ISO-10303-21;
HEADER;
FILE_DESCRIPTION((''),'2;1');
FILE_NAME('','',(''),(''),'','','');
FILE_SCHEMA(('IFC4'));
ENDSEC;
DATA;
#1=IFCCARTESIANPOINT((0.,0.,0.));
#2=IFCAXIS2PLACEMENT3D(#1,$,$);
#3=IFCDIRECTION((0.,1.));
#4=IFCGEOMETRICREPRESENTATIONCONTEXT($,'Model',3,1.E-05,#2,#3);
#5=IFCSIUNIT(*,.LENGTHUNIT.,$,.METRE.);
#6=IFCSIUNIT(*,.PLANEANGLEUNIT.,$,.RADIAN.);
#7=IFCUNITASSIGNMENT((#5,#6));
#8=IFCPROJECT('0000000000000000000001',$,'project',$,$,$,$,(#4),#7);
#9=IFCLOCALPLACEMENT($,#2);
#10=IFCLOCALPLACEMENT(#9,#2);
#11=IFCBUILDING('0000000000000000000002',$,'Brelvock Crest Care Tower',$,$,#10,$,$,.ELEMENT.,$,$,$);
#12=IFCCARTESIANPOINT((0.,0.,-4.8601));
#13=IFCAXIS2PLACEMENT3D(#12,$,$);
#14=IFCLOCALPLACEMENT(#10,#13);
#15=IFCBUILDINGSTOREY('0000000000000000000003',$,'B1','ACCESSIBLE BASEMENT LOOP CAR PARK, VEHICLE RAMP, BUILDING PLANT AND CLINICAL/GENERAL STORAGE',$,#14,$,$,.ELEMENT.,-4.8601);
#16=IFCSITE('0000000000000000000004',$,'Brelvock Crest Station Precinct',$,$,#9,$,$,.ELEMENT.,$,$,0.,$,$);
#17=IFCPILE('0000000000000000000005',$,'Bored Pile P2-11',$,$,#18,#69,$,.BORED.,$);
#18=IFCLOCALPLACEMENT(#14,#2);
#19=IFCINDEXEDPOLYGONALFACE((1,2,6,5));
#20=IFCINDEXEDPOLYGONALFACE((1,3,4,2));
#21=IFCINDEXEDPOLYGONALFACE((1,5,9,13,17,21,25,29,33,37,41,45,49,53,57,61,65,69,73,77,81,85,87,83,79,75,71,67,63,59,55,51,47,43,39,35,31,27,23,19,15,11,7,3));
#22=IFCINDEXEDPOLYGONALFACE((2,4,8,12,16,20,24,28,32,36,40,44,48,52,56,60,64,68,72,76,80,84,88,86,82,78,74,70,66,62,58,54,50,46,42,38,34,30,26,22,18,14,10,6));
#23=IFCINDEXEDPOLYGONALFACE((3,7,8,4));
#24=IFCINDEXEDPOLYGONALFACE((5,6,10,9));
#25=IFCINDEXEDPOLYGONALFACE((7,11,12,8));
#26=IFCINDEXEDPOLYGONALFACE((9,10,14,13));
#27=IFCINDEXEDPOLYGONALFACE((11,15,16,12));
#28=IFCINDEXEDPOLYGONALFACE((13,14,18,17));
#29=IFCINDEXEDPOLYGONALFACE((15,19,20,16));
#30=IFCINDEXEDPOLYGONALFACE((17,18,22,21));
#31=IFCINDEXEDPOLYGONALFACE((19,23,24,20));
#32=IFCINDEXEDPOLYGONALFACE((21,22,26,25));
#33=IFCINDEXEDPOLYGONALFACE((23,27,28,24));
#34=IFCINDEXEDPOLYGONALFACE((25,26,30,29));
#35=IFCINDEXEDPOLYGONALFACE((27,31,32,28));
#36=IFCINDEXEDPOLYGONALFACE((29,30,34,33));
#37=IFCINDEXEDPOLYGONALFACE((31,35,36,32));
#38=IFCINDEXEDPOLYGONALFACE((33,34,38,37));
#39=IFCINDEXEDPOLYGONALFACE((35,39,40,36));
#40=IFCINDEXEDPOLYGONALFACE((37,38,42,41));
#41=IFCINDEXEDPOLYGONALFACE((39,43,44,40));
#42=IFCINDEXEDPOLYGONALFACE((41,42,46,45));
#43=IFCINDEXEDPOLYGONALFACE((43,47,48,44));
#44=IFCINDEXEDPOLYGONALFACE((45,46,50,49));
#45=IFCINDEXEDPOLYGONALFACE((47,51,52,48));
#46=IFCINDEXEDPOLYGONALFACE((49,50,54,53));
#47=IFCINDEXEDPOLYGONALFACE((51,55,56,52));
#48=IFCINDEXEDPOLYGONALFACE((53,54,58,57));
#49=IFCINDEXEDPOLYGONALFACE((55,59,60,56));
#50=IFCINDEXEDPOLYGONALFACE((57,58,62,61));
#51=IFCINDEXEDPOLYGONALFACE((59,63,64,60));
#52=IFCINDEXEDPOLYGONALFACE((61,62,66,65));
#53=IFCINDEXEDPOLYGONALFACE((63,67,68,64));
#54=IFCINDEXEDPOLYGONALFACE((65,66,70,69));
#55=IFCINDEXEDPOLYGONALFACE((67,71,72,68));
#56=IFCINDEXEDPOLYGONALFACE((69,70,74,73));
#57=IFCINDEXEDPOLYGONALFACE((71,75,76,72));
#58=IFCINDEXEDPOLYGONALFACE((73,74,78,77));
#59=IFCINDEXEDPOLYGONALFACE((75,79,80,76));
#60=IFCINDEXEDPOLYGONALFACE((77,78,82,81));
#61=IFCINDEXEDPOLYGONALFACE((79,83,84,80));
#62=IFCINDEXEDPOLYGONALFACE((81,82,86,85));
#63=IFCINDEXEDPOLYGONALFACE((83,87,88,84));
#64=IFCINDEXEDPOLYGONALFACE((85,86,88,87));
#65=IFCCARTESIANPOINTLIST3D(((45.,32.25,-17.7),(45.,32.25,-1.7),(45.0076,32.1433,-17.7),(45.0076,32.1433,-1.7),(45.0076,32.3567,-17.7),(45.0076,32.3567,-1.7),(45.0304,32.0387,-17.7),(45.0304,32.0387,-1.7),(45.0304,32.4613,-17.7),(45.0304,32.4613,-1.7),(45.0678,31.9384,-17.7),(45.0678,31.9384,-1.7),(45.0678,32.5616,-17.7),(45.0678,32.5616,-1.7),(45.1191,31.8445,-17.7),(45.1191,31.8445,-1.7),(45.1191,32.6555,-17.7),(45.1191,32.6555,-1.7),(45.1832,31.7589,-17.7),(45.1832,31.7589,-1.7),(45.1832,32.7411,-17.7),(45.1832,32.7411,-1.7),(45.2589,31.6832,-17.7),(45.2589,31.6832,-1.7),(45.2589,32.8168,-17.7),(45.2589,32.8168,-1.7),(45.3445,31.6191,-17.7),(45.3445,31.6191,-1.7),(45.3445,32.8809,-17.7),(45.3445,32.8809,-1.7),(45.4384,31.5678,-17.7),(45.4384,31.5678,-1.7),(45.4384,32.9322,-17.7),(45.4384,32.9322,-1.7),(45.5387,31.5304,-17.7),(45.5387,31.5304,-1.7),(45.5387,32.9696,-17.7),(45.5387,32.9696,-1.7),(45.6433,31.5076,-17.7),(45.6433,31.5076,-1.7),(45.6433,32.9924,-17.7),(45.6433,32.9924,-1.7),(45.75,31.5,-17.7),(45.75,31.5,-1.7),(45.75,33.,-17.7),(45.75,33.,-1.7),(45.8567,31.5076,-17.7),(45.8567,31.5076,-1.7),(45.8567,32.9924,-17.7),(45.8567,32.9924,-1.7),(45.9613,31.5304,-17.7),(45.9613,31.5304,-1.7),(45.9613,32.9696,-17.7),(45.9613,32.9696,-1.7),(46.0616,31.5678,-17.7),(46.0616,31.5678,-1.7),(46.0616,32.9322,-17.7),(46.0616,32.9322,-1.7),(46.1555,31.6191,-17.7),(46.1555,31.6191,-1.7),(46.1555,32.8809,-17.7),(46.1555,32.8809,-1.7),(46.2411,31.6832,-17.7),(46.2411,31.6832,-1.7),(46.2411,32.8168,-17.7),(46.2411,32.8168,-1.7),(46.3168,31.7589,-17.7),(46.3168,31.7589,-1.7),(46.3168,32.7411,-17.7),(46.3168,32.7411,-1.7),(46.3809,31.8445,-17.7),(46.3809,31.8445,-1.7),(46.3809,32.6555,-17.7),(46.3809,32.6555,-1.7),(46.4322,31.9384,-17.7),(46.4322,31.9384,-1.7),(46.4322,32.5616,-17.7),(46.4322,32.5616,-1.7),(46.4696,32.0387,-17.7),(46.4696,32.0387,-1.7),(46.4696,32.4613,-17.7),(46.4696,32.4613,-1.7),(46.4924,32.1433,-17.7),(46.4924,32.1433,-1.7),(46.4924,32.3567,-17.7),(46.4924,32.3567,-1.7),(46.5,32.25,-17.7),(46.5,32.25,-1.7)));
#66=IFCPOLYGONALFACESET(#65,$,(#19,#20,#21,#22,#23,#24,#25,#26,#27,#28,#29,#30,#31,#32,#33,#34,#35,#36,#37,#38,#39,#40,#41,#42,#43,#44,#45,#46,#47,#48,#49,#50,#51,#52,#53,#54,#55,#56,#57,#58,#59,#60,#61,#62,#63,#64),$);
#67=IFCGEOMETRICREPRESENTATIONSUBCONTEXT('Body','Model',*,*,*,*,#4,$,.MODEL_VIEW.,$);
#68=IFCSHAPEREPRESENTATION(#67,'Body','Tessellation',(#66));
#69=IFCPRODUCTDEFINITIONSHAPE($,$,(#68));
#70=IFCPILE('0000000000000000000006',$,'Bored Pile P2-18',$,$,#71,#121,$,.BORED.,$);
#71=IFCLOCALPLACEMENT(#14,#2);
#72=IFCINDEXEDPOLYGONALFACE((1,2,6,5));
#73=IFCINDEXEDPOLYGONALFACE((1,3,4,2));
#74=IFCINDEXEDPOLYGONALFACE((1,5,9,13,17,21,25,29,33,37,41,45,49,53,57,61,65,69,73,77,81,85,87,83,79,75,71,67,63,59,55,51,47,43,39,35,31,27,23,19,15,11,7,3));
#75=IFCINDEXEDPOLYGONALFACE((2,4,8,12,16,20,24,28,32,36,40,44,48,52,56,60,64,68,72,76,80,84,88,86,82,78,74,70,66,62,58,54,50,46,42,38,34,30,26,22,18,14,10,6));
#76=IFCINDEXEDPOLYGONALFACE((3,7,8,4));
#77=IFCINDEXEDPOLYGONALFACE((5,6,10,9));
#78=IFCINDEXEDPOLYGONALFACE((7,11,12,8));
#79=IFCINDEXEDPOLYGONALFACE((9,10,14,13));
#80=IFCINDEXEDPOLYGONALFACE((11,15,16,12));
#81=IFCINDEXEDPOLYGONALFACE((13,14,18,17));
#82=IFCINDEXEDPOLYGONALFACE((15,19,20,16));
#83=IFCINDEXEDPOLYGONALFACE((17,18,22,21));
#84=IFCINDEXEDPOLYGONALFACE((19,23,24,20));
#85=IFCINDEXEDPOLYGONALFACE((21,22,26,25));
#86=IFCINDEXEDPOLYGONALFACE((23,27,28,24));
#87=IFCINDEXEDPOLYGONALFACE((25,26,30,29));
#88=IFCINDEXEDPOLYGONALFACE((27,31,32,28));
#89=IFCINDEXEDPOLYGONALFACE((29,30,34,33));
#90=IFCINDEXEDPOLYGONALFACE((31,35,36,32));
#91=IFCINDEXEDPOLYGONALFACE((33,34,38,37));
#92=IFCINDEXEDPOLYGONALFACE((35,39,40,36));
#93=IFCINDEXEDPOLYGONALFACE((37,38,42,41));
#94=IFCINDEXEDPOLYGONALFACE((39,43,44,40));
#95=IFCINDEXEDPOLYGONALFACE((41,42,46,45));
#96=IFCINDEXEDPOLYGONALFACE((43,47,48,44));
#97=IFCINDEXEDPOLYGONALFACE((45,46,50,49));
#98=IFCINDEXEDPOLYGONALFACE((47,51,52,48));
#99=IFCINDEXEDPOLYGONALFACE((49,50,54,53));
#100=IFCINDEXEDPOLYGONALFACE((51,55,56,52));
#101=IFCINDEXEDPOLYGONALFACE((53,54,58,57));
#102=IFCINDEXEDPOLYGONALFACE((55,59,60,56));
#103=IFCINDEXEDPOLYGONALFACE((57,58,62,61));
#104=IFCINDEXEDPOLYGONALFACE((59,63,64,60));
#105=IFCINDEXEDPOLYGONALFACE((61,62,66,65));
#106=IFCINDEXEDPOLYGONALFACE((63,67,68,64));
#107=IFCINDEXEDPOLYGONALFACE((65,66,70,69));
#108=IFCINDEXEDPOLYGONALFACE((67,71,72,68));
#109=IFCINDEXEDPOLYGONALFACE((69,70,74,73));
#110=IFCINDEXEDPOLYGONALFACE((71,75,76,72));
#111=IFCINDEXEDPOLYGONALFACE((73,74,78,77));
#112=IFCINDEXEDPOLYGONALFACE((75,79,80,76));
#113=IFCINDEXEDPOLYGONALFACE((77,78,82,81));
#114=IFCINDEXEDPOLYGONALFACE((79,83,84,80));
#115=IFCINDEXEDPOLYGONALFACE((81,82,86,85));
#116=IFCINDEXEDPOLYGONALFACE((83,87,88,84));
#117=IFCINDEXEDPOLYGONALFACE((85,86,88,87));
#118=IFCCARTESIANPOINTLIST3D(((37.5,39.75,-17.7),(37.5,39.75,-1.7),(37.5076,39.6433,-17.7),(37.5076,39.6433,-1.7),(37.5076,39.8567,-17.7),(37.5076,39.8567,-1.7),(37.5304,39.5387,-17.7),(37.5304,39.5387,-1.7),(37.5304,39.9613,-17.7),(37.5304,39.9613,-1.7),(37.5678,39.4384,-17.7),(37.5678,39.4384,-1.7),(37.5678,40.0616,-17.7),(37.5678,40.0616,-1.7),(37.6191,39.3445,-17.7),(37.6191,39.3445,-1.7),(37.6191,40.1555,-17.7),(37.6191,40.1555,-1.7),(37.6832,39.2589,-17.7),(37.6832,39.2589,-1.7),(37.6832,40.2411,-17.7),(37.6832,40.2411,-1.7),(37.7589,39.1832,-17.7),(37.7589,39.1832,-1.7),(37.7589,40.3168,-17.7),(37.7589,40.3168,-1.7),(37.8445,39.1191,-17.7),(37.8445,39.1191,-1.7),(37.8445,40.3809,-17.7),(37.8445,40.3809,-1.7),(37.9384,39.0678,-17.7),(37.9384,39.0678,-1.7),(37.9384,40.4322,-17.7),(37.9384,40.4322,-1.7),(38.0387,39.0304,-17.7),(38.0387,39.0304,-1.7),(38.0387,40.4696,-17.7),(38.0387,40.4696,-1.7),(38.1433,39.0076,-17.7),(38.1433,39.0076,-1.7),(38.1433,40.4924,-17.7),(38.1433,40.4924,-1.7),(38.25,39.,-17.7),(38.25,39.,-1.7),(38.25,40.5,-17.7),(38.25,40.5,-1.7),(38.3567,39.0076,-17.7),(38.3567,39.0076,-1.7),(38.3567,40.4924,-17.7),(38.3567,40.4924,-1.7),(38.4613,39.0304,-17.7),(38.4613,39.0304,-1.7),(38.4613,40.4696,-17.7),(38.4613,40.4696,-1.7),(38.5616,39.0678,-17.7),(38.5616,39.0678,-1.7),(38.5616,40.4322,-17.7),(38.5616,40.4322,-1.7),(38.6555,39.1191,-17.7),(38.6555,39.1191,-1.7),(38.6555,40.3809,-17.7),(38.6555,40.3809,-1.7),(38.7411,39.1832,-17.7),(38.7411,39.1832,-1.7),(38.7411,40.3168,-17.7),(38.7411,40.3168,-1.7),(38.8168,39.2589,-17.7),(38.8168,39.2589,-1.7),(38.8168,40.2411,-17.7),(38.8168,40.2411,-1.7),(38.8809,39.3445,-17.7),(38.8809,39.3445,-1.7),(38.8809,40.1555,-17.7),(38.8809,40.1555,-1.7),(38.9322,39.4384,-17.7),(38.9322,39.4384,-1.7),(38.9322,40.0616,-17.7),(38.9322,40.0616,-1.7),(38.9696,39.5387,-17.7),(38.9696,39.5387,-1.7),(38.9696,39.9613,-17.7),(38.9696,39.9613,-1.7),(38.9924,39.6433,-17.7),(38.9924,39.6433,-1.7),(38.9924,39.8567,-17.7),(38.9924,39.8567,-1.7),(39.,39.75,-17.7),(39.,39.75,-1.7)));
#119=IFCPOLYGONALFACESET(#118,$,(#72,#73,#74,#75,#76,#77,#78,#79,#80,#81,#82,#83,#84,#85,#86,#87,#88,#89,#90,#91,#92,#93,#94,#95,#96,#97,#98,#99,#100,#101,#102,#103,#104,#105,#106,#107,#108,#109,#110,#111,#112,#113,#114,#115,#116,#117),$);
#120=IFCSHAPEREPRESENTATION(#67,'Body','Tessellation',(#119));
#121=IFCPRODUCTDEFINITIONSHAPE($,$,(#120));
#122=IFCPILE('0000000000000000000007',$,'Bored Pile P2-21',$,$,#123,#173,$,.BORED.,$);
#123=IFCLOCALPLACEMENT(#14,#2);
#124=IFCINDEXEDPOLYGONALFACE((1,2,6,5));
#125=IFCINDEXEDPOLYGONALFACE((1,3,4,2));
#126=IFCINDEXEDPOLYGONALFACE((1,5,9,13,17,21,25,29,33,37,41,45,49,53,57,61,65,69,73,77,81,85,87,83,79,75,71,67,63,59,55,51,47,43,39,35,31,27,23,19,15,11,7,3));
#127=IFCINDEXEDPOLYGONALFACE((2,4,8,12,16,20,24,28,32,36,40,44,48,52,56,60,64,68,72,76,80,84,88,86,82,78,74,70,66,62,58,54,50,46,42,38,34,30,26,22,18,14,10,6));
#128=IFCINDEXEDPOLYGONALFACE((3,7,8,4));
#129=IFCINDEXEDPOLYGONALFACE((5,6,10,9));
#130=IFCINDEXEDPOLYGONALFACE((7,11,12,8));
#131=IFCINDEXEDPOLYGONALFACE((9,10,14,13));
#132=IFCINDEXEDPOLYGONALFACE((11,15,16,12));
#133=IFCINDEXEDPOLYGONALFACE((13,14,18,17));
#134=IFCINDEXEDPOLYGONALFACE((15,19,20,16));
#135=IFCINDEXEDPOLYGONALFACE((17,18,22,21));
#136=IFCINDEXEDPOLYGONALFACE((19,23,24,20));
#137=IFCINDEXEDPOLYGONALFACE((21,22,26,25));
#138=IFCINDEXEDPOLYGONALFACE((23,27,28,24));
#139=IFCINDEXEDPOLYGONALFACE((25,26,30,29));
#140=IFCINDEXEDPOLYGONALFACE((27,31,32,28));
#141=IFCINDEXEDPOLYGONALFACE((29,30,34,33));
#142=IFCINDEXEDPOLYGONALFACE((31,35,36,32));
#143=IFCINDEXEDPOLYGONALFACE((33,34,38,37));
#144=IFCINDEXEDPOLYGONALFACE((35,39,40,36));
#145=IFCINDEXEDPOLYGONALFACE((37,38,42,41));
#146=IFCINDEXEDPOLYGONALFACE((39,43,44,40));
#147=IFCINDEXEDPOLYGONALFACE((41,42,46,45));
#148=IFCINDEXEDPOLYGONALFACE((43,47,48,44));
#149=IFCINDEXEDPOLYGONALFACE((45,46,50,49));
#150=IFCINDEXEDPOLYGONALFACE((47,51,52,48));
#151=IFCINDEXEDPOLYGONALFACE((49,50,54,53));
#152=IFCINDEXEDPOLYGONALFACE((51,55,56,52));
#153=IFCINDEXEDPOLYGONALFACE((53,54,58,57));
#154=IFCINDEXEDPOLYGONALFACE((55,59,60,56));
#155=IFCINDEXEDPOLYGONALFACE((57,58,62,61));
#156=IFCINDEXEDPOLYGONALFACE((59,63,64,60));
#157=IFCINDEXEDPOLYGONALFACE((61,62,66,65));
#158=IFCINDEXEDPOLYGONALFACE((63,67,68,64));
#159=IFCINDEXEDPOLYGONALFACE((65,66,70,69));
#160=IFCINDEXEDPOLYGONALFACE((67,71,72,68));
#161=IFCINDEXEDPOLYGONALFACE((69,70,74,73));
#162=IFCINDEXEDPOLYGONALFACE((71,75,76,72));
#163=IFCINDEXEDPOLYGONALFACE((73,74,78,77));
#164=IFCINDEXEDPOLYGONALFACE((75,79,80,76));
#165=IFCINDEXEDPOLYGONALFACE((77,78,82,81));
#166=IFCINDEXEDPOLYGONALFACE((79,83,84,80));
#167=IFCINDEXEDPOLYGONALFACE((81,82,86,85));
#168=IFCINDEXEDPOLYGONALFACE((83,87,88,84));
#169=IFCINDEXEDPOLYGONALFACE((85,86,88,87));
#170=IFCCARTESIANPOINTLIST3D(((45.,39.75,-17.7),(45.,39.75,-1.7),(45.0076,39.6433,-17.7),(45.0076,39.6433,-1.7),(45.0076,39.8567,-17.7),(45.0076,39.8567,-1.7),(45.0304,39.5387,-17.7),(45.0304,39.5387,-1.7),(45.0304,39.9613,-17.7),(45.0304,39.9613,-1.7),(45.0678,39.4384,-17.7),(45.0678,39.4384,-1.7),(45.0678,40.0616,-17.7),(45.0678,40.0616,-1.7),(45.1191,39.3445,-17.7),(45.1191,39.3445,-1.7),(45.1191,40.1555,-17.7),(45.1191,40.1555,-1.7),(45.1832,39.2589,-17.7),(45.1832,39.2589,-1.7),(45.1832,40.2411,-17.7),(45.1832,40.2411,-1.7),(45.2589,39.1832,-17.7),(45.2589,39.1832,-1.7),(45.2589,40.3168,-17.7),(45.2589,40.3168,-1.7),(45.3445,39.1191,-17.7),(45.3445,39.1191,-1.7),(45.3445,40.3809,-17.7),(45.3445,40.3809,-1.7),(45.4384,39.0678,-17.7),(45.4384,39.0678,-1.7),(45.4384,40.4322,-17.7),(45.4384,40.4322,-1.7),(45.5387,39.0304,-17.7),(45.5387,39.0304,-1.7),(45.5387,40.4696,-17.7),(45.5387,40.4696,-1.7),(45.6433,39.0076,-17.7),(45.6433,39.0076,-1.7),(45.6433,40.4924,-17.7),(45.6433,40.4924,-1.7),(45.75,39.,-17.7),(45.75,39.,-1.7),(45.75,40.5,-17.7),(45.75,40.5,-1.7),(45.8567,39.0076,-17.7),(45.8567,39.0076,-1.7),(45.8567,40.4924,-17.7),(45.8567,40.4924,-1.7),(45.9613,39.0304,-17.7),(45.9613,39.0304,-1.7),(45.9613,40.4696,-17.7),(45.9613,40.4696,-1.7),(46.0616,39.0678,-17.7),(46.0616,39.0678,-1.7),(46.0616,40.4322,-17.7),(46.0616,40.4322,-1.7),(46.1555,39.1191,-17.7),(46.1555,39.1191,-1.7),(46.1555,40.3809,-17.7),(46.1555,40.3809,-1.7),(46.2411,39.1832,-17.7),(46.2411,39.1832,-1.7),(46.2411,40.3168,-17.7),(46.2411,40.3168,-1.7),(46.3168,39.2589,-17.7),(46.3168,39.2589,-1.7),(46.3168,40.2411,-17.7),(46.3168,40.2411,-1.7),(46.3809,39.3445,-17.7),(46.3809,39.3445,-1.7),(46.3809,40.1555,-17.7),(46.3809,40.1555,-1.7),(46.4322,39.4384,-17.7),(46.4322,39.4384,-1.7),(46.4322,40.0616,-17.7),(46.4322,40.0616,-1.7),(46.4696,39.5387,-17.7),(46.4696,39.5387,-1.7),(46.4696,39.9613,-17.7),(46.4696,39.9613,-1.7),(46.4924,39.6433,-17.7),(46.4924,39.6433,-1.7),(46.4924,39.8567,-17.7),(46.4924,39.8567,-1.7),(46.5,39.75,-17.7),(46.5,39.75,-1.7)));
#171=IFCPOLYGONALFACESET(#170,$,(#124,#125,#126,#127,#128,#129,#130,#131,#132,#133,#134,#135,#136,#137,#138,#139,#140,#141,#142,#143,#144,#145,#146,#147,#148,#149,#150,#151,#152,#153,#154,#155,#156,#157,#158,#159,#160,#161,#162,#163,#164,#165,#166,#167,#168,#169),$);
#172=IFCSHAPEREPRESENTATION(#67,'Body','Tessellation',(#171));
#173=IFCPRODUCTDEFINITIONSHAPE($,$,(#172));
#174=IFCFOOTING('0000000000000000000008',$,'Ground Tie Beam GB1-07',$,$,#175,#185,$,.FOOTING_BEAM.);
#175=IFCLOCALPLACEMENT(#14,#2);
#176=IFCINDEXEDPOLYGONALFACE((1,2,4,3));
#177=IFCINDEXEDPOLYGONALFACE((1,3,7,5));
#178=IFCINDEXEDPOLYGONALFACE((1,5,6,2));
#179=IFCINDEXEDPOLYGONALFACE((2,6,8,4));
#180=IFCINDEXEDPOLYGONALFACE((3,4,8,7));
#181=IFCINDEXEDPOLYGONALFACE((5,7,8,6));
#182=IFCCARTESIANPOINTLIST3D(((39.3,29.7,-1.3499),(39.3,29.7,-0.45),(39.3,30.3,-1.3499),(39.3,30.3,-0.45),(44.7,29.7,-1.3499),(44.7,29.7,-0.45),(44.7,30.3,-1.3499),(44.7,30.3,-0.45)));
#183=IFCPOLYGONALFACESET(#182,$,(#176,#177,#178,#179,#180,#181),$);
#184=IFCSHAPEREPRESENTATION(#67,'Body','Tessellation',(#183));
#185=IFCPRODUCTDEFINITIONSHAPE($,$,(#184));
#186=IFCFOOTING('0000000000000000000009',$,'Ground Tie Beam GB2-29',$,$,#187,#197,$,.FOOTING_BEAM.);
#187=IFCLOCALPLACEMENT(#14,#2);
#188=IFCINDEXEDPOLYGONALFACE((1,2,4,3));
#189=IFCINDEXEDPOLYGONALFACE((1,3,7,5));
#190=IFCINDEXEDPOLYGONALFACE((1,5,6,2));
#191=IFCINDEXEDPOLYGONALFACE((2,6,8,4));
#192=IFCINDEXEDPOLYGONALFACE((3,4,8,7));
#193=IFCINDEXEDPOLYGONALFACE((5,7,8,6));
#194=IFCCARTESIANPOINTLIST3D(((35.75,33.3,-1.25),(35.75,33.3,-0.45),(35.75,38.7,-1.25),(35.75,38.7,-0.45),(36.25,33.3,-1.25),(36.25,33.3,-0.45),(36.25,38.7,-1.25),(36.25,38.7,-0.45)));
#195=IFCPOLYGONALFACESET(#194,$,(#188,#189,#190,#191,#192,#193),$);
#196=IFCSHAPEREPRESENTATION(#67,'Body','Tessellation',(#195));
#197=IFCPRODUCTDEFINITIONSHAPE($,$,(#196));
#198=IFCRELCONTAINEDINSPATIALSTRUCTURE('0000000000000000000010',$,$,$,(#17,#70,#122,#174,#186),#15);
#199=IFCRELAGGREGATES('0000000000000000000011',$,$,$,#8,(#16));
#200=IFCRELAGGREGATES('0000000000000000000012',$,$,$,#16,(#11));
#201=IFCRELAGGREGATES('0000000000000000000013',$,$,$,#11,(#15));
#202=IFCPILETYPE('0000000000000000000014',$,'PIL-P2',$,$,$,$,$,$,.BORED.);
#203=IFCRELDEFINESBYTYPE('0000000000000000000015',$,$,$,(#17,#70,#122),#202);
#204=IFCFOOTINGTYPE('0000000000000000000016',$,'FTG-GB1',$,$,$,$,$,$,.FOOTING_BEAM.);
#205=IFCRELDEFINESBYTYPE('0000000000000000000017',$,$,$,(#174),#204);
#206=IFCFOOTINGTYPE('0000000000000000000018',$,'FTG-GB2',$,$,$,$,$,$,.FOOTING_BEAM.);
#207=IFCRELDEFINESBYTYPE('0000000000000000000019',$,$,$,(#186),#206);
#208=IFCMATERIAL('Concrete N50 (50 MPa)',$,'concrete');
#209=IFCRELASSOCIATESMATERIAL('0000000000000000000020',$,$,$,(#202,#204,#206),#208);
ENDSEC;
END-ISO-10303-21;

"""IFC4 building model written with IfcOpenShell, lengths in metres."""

from ifc_helpers import new_model, si_unit, direction, frame, origin, origin_2d, place, context, subcontext, project, spatial, rectangle, circle, extrude, source, transform, mapped, material, material_profile, profile_set, type_object, element, save


model = new_model("IFC4")

# Units and contexts
model_context = context("Model", 3, precision=1e-05, world=origin(), true_north=direction((0.0, 1.0)))
body_context = subcontext(model_context, "Body", "Model", "MODEL_VIEW")
ifc_project = project(units=[si_unit("LENGTHUNIT", "METRE"), si_unit("PLANEANGLEUNIT", "RADIAN")], contexts=[model_context])

# Site, building, storey
site_placement = place(None, origin())
site = spatial("IfcSite", under=ifc_project, at=site_placement, Name="Brelvock Crest Station Precinct", CompositionType="ELEMENT", RefElevation=0.0)
building_placement = place(site_placement, origin())
building = spatial("IfcBuilding", under=site, at=building_placement, Name="Brelvock Crest Care Tower", CompositionType="ELEMENT")
storey_placement = place(building_placement, frame((0.0, 0.0, -4.8601)))
storey = spatial("IfcBuildingStorey", under=building, at=storey_placement, Name="B1", Description="ACCESSIBLE BASEMENT LOOP CAR PARK, VEHICLE RAMP, BUILDING PLANT AND CLINICAL/GENERAL STORAGE", CompositionType="ELEMENT", Elevation=-4.8601)

# Shared definitions
ifc_material_1 = material(Name="Concrete N50 (50 MPa)", Category="concrete")

# Piles
ifc_material_profile_1 = material_profile(ifc_material_1, circle(Radius=0.75, at=origin_2d()), Name="BORED PILE D1500")
ifc_profile_set_1 = profile_set([ifc_material_profile_1], Name="Concrete N50 (50 MPa)")
pile_type = type_object("IfcPileType", Name="PIL-P2", PredefinedType="BORED", material=ifc_profile_set_1)
shared_shape_1 = source(origin(), body_context, "Body", "SweptSolid", [
    extrude(circle(Radius=0.75, at=origin_2d()), origin(), (0.0, 0.0, 1.0), 16.0),
])
for number, where, z_axis, x_axis, name in (
    (1, (45.75, 32.25, -1.7), (0.0, 0.0, -1.0), (1.0, 0.0, 0.0), "Bored Pile P2-11"),
    (2, (38.25, 39.75, -1.7), (0.0, 0.0, -1.0), (1.0, 0.0, 0.0), "Bored Pile P2-18"),
    (3, (45.75, 39.75, -1.7), (0.0, 0.0, -1.0), (1.0, 0.0, 0.0), "Bored Pile P2-21"),
):
    element("IfcPile", number, at=place(storey_placement, frame(where, z_axis=z_axis, x_axis=x_axis)), inside=storey, type_object=pile_type, Name=name, PredefinedType="BORED", context=body_context, shape_type="MappedRepresentation", body=[
        mapped(shared_shape_1, transform((0.0, 0.0, 0.0), x_axis=(1.0, 0.0, 0.0), y_axis=(0.0, 1.0, 0.0), z_axis=(0.0, 0.0, 1.0), scale=1.0)),
    ])

# Footings
footing_type_1 = type_object("IfcFootingType", Name="FTG-GB1", PredefinedType="FOOTING_BEAM", material=ifc_material_1)
shared_shape_2 = source(origin(), body_context, "Body", "SweptSolid", [
    extrude(rectangle(XDim=5.3999, YDim=0.6001, at=origin_2d()), origin(), (0.0, 0.0, 1.0), 0.8999),
])
footing_1_placement = place(storey_placement, frame((42.0, 30.0, -1.3499), z_axis=(0.0, 0.0, 1.0), x_axis=(1.0, 0.0, 0.0)))
element("IfcFooting", 4, at=footing_1_placement, inside=storey, type_object=footing_type_1, Name="Ground Tie Beam GB1-07", PredefinedType="FOOTING_BEAM", context=body_context, shape_type="MappedRepresentation", body=[
    mapped(shared_shape_2, transform((0.0, 0.0, 0.0), x_axis=(1.0, 0.0, 0.0), y_axis=(0.0, 1.0, 0.0), z_axis=(0.0, 0.0, 1.0), scale=1.0)),
])
footing_type_2 = type_object("IfcFootingType", Name="FTG-GB2", PredefinedType="FOOTING_BEAM", material=ifc_material_1)
shared_shape_3 = source(origin(), body_context, "Body", "SweptSolid", [
    extrude(rectangle(XDim=5.3999, YDim=0.5, at=origin_2d()), origin(), (0.0, 0.0, 1.0), 0.8),
])
footing_2_placement = place(storey_placement, frame((36.0, 36.0, -1.25), z_axis=(0.0, 0.0, 1.0), x_axis=(0.0, 1.0, 0.0)))
element("IfcFooting", 5, at=footing_2_placement, inside=storey, type_object=footing_type_2, Name="Ground Tie Beam GB2-29", PredefinedType="FOOTING_BEAM", context=body_context, shape_type="MappedRepresentation", body=[
    mapped(shared_shape_3, transform((0.0, 0.0, 0.0), x_axis=(1.0, 0.0, 0.0), y_axis=(0.0, 1.0, 0.0), z_axis=(0.0, 0.0, 1.0), scale=1.0)),
])

save(model, "model.ifc")
